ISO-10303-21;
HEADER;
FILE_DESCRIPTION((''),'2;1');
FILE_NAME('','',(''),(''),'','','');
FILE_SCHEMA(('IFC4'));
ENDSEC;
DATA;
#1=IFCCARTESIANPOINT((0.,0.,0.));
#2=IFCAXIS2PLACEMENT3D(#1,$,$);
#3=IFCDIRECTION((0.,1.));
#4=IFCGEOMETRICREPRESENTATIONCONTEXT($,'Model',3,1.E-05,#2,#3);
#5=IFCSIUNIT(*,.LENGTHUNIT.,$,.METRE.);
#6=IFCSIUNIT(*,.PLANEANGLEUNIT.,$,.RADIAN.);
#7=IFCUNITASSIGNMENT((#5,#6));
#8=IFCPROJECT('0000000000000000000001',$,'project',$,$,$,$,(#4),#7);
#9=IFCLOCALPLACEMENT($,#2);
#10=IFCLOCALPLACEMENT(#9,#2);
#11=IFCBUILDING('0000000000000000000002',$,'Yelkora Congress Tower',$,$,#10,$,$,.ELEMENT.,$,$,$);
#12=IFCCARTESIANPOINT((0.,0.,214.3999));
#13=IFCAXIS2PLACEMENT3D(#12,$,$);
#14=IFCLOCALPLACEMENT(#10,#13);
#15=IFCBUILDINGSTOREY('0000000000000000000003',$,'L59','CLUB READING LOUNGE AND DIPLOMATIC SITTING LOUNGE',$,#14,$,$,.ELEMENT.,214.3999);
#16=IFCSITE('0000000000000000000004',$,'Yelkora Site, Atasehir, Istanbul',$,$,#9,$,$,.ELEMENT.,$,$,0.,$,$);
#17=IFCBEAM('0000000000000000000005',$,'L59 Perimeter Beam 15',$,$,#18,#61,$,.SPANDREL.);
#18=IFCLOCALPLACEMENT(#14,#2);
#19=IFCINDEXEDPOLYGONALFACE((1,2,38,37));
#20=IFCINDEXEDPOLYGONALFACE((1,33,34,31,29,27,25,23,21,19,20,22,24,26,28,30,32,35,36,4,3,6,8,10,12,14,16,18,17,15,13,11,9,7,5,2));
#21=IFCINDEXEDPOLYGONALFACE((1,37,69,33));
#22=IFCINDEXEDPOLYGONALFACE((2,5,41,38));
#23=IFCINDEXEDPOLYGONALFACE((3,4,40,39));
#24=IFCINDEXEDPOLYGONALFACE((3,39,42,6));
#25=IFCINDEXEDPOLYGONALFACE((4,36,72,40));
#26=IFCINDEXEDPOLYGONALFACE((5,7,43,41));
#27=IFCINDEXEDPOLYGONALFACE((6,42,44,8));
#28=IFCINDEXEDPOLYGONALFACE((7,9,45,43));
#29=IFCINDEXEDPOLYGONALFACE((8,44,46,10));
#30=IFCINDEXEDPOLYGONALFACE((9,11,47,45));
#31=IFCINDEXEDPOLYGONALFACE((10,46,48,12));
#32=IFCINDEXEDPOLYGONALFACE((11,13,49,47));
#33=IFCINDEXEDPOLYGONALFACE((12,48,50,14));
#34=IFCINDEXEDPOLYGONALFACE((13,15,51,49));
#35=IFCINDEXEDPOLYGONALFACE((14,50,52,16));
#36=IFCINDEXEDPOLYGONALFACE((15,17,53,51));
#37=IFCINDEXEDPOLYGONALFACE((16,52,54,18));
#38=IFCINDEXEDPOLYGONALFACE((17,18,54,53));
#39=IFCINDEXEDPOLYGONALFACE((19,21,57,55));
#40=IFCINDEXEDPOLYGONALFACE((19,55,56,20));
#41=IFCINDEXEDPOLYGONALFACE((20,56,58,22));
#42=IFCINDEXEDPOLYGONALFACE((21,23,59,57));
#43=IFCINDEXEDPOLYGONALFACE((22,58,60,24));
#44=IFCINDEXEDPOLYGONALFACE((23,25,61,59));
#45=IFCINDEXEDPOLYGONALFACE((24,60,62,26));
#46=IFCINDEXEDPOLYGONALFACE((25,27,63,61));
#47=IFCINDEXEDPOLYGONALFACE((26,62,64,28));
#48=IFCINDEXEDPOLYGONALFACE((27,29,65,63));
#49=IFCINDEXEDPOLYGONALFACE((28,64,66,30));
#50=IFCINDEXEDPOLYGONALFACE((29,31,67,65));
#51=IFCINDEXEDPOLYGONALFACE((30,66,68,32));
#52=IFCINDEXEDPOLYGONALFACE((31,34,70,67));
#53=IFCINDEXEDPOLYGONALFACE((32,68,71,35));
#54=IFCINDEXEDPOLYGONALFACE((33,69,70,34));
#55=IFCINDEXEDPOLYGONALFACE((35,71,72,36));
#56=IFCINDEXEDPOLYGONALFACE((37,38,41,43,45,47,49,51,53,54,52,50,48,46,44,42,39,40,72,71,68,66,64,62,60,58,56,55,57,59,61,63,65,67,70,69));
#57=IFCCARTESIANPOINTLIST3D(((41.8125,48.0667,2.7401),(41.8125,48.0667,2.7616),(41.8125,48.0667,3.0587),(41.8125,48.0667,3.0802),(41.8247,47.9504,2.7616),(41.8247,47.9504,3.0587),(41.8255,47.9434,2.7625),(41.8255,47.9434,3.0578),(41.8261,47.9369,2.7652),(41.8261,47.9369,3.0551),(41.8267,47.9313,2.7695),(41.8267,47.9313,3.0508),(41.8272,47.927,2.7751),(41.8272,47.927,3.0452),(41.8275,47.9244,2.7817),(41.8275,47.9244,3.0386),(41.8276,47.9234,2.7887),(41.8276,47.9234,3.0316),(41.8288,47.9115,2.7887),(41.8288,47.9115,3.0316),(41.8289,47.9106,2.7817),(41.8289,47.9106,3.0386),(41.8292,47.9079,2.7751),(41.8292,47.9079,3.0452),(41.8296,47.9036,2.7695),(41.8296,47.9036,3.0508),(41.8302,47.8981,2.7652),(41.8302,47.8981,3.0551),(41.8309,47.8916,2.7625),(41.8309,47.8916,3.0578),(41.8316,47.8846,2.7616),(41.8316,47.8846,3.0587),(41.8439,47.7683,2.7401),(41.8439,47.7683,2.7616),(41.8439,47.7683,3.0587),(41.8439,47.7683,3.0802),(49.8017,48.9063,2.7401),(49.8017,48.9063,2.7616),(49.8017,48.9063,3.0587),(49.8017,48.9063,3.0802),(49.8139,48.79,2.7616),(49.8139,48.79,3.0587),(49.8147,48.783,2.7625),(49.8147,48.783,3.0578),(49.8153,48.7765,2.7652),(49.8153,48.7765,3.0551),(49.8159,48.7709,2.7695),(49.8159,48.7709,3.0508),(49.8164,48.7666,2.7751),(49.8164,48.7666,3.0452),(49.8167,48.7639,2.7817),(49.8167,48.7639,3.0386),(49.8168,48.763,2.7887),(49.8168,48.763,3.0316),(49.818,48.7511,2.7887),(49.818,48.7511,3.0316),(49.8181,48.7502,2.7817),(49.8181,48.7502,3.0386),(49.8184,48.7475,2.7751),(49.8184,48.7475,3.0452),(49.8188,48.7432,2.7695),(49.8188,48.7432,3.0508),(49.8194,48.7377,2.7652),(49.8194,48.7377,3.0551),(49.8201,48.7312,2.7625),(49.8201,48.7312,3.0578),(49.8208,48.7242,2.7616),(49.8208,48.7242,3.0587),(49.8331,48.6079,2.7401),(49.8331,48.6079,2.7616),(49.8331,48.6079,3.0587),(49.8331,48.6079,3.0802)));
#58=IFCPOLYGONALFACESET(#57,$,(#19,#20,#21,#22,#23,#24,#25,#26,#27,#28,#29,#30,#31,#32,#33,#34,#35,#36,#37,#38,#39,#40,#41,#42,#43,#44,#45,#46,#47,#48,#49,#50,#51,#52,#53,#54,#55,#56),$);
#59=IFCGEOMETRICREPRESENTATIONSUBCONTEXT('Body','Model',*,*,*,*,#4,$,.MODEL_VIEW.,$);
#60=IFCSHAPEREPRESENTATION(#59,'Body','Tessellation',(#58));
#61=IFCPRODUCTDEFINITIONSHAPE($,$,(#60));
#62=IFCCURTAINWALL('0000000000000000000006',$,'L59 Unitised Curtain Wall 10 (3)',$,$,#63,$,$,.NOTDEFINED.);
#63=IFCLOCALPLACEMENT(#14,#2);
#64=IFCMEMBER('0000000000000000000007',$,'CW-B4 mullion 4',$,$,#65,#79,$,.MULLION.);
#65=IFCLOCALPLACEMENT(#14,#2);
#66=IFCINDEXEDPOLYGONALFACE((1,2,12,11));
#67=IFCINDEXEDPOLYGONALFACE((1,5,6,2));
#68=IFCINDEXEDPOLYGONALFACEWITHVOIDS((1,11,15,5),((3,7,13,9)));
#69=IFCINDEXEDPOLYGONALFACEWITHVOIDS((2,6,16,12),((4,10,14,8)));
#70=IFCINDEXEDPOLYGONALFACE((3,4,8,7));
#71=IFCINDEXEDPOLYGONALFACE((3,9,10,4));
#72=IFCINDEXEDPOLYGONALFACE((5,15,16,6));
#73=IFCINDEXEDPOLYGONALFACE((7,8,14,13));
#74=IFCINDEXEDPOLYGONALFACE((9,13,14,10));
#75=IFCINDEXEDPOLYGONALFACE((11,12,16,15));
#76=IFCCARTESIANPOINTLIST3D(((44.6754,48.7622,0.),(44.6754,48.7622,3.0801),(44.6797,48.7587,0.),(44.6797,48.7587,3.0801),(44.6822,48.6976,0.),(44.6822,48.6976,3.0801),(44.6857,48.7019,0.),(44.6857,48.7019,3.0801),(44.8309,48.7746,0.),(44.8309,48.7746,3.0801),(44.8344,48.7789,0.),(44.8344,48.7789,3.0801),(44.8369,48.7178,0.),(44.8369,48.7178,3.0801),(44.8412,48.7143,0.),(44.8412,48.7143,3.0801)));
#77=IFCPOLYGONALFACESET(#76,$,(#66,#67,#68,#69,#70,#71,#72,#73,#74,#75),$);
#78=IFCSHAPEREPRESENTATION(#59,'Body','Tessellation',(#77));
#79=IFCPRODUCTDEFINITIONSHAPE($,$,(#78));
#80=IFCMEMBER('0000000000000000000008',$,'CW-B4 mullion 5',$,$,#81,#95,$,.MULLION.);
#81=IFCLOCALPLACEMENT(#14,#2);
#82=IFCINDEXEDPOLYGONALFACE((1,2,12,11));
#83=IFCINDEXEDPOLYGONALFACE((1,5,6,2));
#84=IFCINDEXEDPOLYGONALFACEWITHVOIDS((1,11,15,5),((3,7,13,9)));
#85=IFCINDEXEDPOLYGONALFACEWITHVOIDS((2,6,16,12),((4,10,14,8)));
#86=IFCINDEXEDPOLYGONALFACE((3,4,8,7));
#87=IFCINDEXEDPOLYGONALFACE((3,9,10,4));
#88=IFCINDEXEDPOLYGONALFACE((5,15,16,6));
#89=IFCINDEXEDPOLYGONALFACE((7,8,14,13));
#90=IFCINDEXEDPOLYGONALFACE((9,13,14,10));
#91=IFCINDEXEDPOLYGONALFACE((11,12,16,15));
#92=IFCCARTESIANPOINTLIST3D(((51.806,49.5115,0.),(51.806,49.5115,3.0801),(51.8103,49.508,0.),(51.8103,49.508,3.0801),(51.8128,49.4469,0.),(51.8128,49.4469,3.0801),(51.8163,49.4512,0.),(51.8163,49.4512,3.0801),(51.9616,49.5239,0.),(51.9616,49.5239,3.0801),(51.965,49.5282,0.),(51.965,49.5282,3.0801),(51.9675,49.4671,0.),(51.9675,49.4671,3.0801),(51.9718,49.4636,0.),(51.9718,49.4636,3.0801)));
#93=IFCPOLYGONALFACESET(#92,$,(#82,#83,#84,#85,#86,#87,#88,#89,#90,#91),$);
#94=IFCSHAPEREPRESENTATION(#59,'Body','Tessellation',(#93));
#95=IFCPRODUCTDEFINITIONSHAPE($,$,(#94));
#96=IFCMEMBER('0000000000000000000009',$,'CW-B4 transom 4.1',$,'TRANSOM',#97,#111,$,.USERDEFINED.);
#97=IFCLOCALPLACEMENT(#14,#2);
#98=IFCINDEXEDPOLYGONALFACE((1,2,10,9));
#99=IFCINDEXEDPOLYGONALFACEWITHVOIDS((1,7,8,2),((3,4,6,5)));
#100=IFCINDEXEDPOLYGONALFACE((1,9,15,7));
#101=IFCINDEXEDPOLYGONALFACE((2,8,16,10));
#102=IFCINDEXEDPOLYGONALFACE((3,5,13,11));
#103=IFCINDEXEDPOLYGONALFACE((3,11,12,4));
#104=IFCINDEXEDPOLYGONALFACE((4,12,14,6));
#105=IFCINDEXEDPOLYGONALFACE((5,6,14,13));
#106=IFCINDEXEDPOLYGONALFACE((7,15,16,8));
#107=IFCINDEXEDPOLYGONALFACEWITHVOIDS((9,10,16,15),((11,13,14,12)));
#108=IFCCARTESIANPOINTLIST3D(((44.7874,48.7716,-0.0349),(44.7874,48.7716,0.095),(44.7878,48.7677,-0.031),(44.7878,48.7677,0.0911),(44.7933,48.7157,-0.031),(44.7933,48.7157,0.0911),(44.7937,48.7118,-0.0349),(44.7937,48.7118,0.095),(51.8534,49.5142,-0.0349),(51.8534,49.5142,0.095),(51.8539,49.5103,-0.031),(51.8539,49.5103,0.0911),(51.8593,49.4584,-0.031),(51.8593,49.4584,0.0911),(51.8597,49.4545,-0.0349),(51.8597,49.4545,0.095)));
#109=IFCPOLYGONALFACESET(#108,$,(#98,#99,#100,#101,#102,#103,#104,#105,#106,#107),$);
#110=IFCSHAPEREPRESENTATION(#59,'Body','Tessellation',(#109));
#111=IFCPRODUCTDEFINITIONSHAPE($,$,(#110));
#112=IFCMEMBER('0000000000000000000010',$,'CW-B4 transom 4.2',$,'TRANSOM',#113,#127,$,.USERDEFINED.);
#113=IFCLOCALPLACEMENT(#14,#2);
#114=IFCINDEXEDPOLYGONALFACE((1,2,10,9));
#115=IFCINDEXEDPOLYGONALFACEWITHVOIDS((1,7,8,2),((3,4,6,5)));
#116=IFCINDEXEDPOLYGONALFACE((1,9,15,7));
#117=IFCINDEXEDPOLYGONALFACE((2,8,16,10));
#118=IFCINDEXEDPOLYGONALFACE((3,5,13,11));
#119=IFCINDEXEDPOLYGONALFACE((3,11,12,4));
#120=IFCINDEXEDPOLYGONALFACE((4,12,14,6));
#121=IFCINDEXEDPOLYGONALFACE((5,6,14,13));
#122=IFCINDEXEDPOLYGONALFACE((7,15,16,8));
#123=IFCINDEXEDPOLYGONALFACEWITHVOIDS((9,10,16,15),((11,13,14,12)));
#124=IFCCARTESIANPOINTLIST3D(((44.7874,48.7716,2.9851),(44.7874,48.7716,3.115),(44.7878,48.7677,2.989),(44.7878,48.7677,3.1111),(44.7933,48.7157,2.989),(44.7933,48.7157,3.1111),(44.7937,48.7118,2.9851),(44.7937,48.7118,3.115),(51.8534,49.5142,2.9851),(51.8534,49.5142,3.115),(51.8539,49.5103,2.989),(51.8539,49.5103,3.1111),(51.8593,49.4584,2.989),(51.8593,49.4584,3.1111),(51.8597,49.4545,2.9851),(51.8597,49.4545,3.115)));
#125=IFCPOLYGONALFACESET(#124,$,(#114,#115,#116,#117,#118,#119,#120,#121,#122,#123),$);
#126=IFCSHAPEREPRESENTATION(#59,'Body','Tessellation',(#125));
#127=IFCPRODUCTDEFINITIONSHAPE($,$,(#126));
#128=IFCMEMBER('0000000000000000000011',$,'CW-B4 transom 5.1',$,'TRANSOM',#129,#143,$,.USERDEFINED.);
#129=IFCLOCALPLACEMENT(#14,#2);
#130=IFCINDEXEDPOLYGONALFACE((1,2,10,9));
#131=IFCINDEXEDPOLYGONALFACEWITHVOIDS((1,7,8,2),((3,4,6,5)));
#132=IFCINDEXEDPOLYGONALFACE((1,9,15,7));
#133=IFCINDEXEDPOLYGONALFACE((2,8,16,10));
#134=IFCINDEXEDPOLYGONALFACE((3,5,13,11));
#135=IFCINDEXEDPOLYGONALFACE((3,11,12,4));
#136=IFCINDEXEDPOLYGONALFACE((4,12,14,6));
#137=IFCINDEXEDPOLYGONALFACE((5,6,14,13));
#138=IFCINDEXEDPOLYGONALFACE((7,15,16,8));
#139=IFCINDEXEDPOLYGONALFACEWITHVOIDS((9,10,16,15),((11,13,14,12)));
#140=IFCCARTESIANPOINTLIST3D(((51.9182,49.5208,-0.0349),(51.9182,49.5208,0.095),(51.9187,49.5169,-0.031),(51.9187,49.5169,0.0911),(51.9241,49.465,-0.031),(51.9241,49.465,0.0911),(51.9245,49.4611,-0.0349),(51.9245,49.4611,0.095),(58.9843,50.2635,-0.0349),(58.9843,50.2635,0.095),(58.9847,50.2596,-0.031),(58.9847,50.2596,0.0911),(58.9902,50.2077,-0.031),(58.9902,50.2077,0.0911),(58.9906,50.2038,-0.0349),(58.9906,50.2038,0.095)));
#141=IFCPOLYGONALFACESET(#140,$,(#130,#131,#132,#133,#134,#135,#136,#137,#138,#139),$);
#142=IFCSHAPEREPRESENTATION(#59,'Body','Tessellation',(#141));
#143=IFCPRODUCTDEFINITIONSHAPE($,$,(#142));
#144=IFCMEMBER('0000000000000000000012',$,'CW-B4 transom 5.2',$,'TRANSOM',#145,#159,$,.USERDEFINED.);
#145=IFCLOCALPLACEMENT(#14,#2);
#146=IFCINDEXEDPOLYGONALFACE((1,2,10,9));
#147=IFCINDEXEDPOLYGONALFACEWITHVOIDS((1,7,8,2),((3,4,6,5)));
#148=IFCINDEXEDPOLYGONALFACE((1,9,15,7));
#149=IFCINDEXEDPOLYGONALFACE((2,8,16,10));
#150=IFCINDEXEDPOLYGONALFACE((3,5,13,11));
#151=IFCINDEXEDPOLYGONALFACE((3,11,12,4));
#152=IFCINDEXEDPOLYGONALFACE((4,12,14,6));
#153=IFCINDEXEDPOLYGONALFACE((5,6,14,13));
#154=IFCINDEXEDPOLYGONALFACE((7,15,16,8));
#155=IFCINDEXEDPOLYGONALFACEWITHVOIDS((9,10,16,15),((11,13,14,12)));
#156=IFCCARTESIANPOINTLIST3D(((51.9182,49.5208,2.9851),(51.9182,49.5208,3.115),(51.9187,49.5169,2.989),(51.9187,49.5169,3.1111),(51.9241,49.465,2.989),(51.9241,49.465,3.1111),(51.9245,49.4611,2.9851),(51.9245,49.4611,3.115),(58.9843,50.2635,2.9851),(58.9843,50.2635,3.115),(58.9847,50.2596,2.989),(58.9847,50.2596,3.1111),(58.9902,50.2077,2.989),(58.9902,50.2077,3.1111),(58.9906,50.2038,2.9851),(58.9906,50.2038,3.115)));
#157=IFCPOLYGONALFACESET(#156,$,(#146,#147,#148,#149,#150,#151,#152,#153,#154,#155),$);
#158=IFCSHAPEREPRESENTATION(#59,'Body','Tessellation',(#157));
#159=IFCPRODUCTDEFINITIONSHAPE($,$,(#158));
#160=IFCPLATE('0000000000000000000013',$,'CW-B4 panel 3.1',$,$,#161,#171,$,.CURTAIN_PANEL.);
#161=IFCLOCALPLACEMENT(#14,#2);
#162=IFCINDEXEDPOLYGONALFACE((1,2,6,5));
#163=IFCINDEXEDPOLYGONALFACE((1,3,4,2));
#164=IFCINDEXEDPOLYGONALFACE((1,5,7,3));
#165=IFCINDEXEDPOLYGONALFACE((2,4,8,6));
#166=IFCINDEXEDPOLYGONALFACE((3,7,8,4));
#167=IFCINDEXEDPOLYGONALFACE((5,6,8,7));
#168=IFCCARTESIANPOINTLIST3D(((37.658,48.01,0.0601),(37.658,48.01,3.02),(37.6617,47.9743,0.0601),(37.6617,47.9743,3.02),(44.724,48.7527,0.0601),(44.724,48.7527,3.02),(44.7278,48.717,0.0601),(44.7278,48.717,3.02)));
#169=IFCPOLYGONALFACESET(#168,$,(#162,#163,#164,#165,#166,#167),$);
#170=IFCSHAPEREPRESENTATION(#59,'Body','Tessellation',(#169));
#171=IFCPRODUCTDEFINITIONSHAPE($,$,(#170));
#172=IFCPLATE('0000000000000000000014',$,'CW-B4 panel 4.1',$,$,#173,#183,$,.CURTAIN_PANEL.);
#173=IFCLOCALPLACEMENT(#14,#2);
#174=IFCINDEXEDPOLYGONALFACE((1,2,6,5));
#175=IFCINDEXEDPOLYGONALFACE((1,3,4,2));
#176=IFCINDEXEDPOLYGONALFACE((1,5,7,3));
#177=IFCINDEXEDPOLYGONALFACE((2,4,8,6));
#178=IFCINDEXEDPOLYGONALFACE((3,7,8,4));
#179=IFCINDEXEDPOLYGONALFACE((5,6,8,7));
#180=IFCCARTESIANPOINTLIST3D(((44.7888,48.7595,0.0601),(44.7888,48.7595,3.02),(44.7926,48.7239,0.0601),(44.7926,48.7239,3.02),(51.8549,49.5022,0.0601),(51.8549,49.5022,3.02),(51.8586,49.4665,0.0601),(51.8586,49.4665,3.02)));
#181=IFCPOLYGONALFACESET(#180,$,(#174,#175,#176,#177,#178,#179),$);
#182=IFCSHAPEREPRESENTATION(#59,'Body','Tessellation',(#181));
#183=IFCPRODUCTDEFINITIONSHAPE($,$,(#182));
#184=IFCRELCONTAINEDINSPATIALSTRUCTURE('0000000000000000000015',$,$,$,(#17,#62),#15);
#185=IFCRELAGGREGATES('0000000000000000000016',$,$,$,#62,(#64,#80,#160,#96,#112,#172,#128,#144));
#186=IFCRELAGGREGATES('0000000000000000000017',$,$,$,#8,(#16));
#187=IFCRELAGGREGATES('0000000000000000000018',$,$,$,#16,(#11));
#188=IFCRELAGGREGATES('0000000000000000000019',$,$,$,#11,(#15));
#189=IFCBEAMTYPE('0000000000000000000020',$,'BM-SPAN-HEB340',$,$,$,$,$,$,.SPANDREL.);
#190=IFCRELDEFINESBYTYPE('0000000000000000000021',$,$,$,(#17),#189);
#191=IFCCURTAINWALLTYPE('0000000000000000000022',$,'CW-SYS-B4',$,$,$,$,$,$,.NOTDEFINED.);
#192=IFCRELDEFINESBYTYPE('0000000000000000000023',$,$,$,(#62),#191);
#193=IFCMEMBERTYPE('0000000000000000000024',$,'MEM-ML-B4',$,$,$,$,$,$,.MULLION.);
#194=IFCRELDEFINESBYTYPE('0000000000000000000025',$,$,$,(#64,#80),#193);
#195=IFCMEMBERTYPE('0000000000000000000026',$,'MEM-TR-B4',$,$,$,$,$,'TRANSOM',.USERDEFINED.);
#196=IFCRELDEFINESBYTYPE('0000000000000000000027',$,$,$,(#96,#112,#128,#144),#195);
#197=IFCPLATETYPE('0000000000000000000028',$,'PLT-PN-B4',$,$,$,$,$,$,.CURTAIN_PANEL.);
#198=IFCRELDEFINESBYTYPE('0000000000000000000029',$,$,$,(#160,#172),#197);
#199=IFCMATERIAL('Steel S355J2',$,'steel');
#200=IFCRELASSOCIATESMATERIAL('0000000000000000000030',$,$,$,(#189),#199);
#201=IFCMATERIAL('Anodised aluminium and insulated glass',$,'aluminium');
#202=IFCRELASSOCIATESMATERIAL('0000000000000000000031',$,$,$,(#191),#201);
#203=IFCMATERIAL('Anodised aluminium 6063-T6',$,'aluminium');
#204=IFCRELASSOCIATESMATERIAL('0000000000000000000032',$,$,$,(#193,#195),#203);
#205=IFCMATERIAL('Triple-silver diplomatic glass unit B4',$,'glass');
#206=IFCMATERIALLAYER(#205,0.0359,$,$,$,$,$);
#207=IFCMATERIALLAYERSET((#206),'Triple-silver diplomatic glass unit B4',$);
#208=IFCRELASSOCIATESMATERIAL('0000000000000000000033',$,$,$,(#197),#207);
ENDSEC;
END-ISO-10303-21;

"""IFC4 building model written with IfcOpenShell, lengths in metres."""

from ifc_helpers import new_model, si_unit, direction, frame, origin, origin_2d, place, context, subcontext, project, spatial, rectangle, hollow_rectangle, i_section, extrude, material, layer, layer_set, material_profile, profile_set, type_object, element, aggregate, save


model = new_model("IFC4")

# Units and contexts
model_context = context("Model", 3, precision=1e-05, world=origin(), true_north=direction((0.0, 1.0)))
body_context = subcontext(model_context, "Body", "Model", "MODEL_VIEW")
ifc_project = project(units=[si_unit("LENGTHUNIT", "METRE"), si_unit("PLANEANGLEUNIT", "RADIAN")], contexts=[model_context])

# Site, building, storey
site_placement = place(None, origin())
site = spatial("IfcSite", under=ifc_project, at=site_placement, Name="Yelkora Site, Atasehir, Istanbul", CompositionType="ELEMENT", RefElevation=0.0)
building_placement = place(site_placement, origin())
building = spatial("IfcBuilding", under=site, at=building_placement, Name="Yelkora Congress Tower", CompositionType="ELEMENT")
storey_placement = place(building_placement, frame((0.0, 0.0, 214.3999)))
storey = spatial("IfcBuildingStorey", under=building, at=storey_placement, Name="L59", Description="CLUB READING LOUNGE AND DIPLOMATIC SITTING LOUNGE", CompositionType="ELEMENT", Elevation=214.3999)

# Shared definitions
ifc_material_1 = material(Name="Steel S355J2", Category="steel")

# Beam
ifc_material_profile_1 = material_profile(ifc_material_1, i_section(OverallWidth=0.3, OverallDepth=0.3401, WebThickness=0.012, FlangeThickness=0.0215, FilletRadius=0.0271, at=origin_2d()), Name="HEB 340")
ifc_profile_set_1 = profile_set([ifc_material_profile_1], Name="Steel S355J2")
beam_type_1 = type_object("IfcBeamType", Name="BM-SPAN-HEB340", PredefinedType="SPANDREL", material=ifc_profile_set_1)
beam_1_placement = place(storey_placement, frame((49.8174, 48.7571, 2.9102), z_axis=(-0.994523, -0.104516, 0.0), x_axis=(0.104516, -0.994523, 0.0)))
element("IfcBeam", 1, at=beam_1_placement, inside=storey, type_object=beam_type_1, Name="L59 Perimeter Beam 15", PredefinedType="SPANDREL", context=body_context, shape_type="SweptSolid", body=[
    extrude(i_section(OverallWidth=0.3, OverallDepth=0.3401, WebThickness=0.012, FlangeThickness=0.0215, FilletRadius=0.0271, at=origin_2d()), origin(), (0.0, 0.0, 1.0), 8.0332),
])

# Curtain wall, members, plates
ifc_material_2 = material(Name="Anodised aluminium and insulated glass", Category="aluminium")
curtain_wall_type = type_object("IfcCurtainWallType", Name="CW-SYS-B4", PredefinedType="NOTDEFINED", material=ifc_material_2)
curtain_wall_placement = place(storey_placement, origin())
curtain_wall = element("IfcCurtainWall", 2, at=curtain_wall_placement, inside=storey, type_object=curtain_wall_type, Name="L59 Unitised Curtain Wall 10 (3)", PredefinedType="NOTDEFINED")
ifc_material_3 = material(Name="Anodised aluminium 6063-T6", Category="aluminium")
ifc_material_profile_2 = material_profile(ifc_material_3, hollow_rectangle(XDim=0.0649, YDim=0.1599, WallThickness=0.0039, at=origin_2d()), Name="ALU 65x160x4")
ifc_profile_set_2 = profile_set([ifc_material_profile_2], Name="Anodised aluminium 6063-T6")
member_type_1 = type_object("IfcMemberType", Name="MEM-ML-B4", PredefinedType="MULLION", material=ifc_profile_set_2)
member_1_placement = place(storey_placement, frame((44.7583, 48.7383, 0.0), z_axis=(0.0, 0.0, 1.0), x_axis=(-0.104528, 0.994522, 0.0)))
member_1 = element("IfcMember", 3, at=member_1_placement, type_object=member_type_1, Name="CW-B4 mullion 4", PredefinedType="MULLION", context=body_context, shape_type="SweptSolid", body=[
    extrude(hollow_rectangle(XDim=0.0649, YDim=0.1599, WallThickness=0.0039, at=origin_2d()), origin(), (0.0, 0.0, 1.0), 3.0801),
])
member_2_placement = place(storey_placement, frame((51.8889, 49.4875, 0.0), z_axis=(0.0, 0.0, 1.0), x_axis=(-0.104528, 0.994522, 0.0)))
member_2 = element("IfcMember", 4, at=member_2_placement, type_object=member_type_1, Name="CW-B4 mullion 5", PredefinedType="MULLION", context=body_context, shape_type="SweptSolid", body=[
    extrude(hollow_rectangle(XDim=0.0649, YDim=0.1599, WallThickness=0.0039, at=origin_2d()), origin(), (0.0, 0.0, 1.0), 3.0801),
])
ifc_material_profile_3 = material_profile(ifc_material_3, hollow_rectangle(XDim=0.0601, YDim=0.1299, WallThickness=0.0039, at=origin_2d()), Name="ALU 60x130x4")
ifc_profile_set_3 = profile_set([ifc_material_profile_3], Name="Anodised aluminium 6063-T6")
member_type_2 = type_object("IfcMemberType", Name="MEM-TR-B4", ElementType="TRANSOM", PredefinedType="USERDEFINED", material=ifc_profile_set_3)
member_3_placement = place(storey_placement, frame((44.7905, 48.7417, 0.03), z_axis=(0.994522, 0.104527, 0.0), x_axis=(-0.104527, 0.994522, 0.0)))
member_3 = element("IfcMember", 5, at=member_3_placement, type_object=member_type_2, Name="CW-B4 transom 4.1", ObjectType="TRANSOM", PredefinedType="USERDEFINED", context=body_context, shape_type="SweptSolid", body=[
    extrude(hollow_rectangle(XDim=0.0601, YDim=0.1299, WallThickness=0.0039, at=origin_2d()), origin(), (0.0, 0.0, 1.0), 7.105),
])
member_4_placement = place(storey_placement, frame((44.7905, 48.7417, 3.05), z_axis=(0.994522, 0.104527, 0.0), x_axis=(-0.104527, 0.994522, 0.0)))
member_4 = element("IfcMember", 6, at=member_4_placement, type_object=member_type_2, Name="CW-B4 transom 4.2", ObjectType="TRANSOM", PredefinedType="USERDEFINED", context=body_context, shape_type="SweptSolid", body=[
    extrude(hollow_rectangle(XDim=0.0601, YDim=0.1299, WallThickness=0.0039, at=origin_2d()), origin(), (0.0, 0.0, 1.0), 7.105),
])
member_5_placement = place(storey_placement, frame((51.9214, 49.491, 0.03), z_axis=(0.994522, 0.104527, 0.0), x_axis=(-0.104527, 0.994522, 0.0)))
member_5 = element("IfcMember", 7, at=member_5_placement, type_object=member_type_2, Name="CW-B4 transom 5.1", ObjectType="TRANSOM", PredefinedType="USERDEFINED", context=body_context, shape_type="SweptSolid", body=[
    extrude(hollow_rectangle(XDim=0.0601, YDim=0.1299, WallThickness=0.0039, at=origin_2d()), origin(), (0.0, 0.0, 1.0), 7.105),
])
member_6_placement = place(storey_placement, frame((51.9214, 49.491, 3.05), z_axis=(0.994522, 0.104527, 0.0), x_axis=(-0.104527, 0.994522, 0.0)))
member_6 = element("IfcMember", 8, at=member_6_placement, type_object=member_type_2, Name="CW-B4 transom 5.2", ObjectType="TRANSOM", PredefinedType="USERDEFINED", context=body_context, shape_type="SweptSolid", body=[
    extrude(hollow_rectangle(XDim=0.0601, YDim=0.1299, WallThickness=0.0039, at=origin_2d()), origin(), (0.0, 0.0, 1.0), 7.105),
])
ifc_material_4 = material(Name="Triple-silver diplomatic glass unit B4", Category="glass")
ifc_layer_1 = layer(ifc_material_4, 0.0359)
ifc_layer_set_1 = layer_set([ifc_layer_1], Name="Triple-silver diplomatic glass unit B4")
plate_type = type_object("IfcPlateType", Name="PLT-PN-B4", PredefinedType="CURTAIN_PANEL", material=ifc_layer_set_1)
plate_1_placement = place(storey_placement, frame((41.1929, 48.3635, 0.0601), z_axis=(0.0, 0.0, 1.0), x_axis=(0.994522, 0.104528, 0.0)))
plate_1 = element("IfcPlate", 9, at=plate_1_placement, type_object=plate_type, Name="CW-B4 panel 3.1", PredefinedType="CURTAIN_PANEL", context=body_context, shape_type="SweptSolid", body=[
    extrude(rectangle(XDim=7.105, YDim=0.0359, at=origin_2d()), origin(), (0.0, 0.0, 1.0), 2.96),
])
plate_2_placement = place(storey_placement, frame((48.3237, 49.113, 0.0601), z_axis=(0.0, 0.0, 1.0), x_axis=(0.994522, 0.104528, 0.0)))
plate_2 = element("IfcPlate", 10, at=plate_2_placement, type_object=plate_type, Name="CW-B4 panel 4.1", PredefinedType="CURTAIN_PANEL", context=body_context, shape_type="SweptSolid", body=[
    extrude(rectangle(XDim=7.105, YDim=0.0359, at=origin_2d()), origin(), (0.0, 0.0, 1.0), 2.96),
])
aggregate(curtain_wall, [member_1, member_2, plate_1, member_3, member_4, plate_2, member_5, member_6])

save(model, "model.ifc")
